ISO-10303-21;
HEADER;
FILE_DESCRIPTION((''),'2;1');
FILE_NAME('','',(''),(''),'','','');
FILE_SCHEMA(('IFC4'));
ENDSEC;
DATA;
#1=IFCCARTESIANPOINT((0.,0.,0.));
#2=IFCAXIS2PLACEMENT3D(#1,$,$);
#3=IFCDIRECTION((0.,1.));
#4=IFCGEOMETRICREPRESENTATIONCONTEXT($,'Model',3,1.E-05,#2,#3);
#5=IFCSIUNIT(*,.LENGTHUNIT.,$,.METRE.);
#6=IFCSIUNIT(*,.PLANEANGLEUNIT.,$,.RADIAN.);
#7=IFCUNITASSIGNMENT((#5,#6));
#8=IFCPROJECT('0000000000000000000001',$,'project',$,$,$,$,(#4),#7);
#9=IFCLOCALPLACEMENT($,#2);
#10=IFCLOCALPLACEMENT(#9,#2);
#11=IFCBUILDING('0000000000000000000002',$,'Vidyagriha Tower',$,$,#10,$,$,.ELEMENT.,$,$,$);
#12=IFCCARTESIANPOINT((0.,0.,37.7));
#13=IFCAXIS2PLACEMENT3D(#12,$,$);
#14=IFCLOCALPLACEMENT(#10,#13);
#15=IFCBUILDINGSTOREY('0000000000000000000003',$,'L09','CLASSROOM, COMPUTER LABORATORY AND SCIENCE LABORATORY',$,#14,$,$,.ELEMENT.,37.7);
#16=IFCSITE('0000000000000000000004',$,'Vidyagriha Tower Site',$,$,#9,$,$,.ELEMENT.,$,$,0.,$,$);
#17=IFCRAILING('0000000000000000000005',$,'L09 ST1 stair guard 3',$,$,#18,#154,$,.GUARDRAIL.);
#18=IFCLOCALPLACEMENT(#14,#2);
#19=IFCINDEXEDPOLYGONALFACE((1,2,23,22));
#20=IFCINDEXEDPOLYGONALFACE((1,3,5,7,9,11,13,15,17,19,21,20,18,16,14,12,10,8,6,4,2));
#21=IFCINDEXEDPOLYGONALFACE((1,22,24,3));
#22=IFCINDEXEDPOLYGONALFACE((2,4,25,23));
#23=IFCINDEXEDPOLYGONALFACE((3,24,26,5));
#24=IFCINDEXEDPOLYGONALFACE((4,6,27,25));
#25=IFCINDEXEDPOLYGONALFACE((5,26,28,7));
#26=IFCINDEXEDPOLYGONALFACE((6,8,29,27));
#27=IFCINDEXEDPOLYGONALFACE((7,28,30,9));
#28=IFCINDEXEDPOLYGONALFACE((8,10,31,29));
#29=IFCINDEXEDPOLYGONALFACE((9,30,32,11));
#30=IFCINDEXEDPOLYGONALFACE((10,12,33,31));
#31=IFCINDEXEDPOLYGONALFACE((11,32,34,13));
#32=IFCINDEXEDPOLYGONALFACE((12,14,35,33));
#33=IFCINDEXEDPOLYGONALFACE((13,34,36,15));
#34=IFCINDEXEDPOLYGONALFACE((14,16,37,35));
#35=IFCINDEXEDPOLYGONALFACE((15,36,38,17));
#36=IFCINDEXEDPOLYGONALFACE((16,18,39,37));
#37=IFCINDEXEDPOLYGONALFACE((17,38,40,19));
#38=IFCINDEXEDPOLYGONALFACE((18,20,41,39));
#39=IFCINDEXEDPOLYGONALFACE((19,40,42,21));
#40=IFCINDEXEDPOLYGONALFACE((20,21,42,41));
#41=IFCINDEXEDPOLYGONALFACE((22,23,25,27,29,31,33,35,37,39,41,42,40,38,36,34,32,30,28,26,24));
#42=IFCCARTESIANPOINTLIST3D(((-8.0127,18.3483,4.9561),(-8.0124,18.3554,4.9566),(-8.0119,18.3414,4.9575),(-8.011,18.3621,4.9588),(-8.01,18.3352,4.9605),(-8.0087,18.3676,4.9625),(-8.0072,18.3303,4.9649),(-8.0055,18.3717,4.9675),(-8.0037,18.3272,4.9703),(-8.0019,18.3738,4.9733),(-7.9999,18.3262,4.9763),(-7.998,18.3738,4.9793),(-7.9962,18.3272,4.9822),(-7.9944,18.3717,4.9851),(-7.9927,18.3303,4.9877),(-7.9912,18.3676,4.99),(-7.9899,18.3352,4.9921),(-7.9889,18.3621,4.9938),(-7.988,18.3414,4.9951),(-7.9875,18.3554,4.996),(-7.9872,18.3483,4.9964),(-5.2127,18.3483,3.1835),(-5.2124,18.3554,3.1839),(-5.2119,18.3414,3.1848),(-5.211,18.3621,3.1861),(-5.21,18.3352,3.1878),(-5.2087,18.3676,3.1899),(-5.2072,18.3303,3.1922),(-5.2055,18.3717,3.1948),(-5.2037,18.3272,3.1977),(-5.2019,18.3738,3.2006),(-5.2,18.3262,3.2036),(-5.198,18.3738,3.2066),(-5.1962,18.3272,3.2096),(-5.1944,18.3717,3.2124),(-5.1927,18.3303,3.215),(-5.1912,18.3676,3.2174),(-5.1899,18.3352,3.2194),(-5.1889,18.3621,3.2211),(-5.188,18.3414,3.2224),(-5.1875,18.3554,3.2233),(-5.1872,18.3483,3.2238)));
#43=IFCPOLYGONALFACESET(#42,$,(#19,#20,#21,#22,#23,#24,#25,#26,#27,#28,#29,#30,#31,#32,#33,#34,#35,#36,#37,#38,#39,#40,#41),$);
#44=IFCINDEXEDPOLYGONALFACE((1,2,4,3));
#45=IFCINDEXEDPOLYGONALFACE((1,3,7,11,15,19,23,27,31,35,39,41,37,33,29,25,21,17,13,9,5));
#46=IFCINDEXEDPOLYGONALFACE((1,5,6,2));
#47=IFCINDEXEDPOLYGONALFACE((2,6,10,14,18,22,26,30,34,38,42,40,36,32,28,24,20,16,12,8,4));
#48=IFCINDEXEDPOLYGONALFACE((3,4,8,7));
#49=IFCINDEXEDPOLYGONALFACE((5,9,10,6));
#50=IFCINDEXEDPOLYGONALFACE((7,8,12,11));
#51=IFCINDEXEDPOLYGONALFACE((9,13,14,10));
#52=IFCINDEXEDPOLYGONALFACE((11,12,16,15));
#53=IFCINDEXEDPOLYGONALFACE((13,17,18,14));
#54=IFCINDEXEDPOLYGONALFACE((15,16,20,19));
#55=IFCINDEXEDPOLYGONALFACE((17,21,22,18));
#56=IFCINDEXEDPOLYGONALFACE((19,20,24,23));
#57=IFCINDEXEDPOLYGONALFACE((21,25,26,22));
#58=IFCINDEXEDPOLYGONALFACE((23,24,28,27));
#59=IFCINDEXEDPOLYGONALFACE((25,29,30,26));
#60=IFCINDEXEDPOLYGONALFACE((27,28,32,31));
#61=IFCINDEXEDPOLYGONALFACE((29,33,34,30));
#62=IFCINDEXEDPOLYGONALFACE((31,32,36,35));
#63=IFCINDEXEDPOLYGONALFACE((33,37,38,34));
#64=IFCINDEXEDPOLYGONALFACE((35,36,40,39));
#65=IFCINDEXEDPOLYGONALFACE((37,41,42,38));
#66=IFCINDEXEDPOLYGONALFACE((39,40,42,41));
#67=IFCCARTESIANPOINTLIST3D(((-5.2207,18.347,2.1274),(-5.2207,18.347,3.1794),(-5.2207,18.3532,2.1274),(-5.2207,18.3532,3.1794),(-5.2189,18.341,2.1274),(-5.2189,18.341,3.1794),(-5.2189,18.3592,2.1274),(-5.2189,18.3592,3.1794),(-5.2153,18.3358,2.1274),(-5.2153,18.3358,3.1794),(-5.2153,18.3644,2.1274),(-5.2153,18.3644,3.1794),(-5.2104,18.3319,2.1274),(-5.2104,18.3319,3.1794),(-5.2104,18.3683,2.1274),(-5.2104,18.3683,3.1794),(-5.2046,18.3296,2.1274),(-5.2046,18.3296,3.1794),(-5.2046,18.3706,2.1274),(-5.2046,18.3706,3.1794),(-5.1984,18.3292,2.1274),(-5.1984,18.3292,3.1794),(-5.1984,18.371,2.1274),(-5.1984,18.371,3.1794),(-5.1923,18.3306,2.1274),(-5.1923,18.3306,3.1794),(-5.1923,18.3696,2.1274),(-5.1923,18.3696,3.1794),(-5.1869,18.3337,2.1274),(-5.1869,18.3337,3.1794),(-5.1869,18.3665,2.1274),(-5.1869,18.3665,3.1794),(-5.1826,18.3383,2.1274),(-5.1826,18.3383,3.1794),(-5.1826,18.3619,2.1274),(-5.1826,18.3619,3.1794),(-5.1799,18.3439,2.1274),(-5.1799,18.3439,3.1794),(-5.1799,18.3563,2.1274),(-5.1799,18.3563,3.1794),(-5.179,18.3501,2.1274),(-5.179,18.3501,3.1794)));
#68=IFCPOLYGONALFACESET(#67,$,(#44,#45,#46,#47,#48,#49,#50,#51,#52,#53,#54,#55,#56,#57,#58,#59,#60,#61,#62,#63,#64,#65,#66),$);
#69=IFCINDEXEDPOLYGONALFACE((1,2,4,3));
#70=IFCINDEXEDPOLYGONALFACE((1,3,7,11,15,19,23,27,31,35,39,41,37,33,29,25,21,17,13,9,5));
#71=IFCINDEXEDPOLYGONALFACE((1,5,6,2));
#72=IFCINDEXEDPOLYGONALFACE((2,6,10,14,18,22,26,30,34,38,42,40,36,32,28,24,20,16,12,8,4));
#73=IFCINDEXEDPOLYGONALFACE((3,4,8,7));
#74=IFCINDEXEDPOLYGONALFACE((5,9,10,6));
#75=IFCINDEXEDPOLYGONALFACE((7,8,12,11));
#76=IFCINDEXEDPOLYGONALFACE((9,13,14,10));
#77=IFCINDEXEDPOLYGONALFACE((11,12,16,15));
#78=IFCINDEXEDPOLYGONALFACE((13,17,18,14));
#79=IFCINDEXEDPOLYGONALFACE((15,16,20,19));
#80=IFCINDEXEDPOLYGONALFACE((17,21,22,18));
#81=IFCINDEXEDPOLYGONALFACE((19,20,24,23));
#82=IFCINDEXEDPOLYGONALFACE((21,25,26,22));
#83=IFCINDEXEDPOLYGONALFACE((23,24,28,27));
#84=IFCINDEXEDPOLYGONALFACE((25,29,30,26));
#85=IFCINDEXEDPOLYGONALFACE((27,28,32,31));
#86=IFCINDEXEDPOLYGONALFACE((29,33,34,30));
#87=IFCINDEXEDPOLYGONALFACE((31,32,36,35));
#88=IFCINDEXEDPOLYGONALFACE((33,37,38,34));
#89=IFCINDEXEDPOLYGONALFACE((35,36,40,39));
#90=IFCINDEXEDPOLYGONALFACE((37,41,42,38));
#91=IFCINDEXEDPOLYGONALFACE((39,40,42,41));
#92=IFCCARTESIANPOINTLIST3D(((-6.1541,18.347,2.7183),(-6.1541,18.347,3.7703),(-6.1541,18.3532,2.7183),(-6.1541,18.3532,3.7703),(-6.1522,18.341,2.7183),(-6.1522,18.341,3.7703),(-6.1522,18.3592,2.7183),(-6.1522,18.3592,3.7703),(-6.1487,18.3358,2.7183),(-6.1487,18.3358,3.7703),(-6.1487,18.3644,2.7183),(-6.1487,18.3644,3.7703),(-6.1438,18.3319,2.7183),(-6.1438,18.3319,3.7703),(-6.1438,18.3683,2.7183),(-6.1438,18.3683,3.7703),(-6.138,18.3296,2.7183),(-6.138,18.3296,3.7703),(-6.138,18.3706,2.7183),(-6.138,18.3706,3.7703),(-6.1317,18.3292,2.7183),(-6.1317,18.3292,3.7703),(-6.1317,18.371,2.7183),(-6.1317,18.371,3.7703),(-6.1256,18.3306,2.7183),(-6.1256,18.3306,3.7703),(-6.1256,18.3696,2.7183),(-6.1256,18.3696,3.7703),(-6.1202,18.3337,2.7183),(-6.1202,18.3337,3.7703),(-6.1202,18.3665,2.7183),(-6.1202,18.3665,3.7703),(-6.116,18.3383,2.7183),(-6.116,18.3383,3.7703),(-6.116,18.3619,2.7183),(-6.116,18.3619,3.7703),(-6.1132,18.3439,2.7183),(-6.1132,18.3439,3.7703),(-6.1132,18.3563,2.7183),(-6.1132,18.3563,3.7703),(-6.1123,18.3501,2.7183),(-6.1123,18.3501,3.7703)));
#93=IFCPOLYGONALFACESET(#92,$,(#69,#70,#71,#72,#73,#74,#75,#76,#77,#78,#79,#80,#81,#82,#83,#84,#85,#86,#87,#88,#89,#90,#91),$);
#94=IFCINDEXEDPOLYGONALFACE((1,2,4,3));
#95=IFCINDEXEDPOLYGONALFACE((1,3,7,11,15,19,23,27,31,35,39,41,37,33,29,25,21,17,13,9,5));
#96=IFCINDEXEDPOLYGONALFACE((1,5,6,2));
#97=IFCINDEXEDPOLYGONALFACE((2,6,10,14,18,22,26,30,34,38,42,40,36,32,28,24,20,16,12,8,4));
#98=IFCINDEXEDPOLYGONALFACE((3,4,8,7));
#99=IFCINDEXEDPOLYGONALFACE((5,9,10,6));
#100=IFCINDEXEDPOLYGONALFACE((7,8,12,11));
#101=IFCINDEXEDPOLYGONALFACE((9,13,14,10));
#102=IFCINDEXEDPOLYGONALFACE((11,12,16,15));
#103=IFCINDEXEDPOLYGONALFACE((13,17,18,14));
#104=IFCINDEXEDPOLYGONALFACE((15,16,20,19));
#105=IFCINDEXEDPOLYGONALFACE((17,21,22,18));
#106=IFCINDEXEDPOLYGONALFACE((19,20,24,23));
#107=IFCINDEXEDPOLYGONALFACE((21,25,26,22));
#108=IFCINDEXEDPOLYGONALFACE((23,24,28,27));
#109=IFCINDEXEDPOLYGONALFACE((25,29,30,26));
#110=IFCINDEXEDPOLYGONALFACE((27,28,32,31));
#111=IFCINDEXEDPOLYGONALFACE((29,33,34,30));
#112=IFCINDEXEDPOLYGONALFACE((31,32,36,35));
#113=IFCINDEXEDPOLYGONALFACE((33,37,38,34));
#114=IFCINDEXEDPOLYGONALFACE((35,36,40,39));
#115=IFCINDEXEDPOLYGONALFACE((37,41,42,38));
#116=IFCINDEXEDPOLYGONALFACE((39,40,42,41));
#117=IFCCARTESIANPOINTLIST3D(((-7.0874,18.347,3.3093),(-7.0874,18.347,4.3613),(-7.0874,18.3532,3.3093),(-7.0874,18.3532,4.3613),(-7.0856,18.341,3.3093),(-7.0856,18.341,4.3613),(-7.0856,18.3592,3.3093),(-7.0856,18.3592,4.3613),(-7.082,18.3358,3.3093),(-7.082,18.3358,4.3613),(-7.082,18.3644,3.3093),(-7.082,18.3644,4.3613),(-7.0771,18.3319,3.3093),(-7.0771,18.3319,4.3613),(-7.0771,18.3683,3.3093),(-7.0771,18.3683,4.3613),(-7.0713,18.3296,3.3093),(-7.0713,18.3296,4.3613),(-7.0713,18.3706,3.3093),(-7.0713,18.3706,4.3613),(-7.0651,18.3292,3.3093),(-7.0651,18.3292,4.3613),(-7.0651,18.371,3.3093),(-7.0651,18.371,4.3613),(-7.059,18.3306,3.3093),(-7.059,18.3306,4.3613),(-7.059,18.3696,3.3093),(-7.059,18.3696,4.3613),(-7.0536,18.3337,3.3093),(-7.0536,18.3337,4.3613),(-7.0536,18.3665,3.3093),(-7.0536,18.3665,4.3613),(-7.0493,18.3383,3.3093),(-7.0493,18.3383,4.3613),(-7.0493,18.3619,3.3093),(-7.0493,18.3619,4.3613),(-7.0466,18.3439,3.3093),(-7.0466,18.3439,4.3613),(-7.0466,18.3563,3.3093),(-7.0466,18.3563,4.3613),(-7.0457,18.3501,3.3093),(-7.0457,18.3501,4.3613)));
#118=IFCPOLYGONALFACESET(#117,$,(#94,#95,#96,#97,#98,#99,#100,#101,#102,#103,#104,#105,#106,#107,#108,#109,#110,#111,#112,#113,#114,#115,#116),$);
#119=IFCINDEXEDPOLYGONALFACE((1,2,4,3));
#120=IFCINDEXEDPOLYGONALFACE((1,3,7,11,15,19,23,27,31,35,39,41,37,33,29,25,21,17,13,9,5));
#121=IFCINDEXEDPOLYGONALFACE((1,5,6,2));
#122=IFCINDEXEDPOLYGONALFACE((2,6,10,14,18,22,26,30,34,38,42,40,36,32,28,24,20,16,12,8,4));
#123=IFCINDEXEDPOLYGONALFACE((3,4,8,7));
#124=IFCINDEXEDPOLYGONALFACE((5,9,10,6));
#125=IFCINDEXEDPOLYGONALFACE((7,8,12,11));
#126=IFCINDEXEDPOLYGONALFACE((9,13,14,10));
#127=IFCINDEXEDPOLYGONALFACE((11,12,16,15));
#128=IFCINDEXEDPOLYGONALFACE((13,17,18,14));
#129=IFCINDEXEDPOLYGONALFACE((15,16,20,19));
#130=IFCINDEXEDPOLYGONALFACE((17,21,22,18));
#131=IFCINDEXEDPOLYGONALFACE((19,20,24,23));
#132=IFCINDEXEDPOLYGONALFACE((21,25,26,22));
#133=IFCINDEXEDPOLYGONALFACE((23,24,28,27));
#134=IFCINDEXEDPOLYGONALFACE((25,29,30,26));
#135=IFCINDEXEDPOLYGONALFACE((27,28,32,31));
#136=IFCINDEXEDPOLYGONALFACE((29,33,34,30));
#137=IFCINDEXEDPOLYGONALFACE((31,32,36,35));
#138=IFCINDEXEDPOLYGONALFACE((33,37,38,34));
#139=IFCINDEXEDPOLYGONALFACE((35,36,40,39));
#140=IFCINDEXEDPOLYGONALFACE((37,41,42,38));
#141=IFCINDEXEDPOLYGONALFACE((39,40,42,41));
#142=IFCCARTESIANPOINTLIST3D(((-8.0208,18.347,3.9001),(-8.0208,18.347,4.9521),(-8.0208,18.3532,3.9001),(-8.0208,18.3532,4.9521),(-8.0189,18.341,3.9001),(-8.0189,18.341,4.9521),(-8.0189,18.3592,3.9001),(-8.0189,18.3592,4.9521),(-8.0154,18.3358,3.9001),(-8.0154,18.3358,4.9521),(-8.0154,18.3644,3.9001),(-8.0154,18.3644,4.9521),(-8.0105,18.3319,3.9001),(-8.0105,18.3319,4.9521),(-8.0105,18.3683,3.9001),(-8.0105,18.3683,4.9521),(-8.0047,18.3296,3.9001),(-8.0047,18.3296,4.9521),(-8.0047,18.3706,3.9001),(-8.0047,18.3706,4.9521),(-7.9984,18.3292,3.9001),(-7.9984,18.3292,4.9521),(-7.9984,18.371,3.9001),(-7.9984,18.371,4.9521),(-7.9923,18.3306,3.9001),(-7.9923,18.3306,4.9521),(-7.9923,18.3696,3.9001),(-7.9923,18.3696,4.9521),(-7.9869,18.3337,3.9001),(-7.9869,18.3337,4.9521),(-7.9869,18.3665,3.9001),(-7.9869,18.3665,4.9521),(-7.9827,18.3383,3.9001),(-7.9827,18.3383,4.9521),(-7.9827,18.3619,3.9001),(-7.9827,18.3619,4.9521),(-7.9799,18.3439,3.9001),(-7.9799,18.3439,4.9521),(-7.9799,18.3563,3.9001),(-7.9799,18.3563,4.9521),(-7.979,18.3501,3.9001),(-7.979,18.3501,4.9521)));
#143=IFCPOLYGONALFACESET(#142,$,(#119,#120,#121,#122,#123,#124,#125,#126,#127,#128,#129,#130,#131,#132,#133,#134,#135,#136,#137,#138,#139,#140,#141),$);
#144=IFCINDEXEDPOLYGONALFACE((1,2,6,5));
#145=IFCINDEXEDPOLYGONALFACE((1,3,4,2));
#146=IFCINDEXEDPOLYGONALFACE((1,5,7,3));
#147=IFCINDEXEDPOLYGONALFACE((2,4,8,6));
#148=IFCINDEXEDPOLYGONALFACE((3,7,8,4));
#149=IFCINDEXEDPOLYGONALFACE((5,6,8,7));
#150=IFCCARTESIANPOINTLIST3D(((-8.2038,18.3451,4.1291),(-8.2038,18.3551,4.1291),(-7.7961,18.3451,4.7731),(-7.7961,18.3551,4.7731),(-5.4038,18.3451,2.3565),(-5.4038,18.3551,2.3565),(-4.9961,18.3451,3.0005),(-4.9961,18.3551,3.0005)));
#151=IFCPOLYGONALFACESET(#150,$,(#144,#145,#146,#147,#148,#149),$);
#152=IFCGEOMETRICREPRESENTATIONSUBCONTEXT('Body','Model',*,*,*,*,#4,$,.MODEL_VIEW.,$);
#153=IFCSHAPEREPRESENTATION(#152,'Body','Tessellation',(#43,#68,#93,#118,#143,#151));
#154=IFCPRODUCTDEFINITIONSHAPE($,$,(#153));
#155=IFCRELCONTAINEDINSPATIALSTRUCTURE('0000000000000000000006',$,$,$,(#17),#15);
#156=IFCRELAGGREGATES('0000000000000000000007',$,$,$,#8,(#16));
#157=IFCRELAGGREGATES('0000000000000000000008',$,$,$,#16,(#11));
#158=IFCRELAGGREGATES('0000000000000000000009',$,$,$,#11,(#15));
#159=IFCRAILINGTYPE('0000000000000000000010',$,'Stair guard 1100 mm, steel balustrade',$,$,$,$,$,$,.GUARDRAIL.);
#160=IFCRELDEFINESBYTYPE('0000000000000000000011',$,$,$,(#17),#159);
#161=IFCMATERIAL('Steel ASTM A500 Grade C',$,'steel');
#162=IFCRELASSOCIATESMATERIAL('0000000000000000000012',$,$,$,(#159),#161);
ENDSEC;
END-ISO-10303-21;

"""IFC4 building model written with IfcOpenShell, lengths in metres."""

from ifc_helpers import new_model, si_unit, direction, frame, origin, origin_2d, place, context, subcontext, project, spatial, rectangle, circle, extrude, material, type_object, element, save


model = new_model("IFC4")

# Units and contexts
model_context = context("Model", 3, precision=1e-05, world=origin(), true_north=direction((0.0, 1.0)))
body_context = subcontext(model_context, "Body", "Model", "MODEL_VIEW")
ifc_project = project(units=[si_unit("LENGTHUNIT", "METRE"), si_unit("PLANEANGLEUNIT", "RADIAN")], contexts=[model_context])

# Site, building, storey
site_placement = place(None, origin())
site = spatial("IfcSite", under=ifc_project, at=site_placement, Name="Vidyagriha Tower Site", CompositionType="ELEMENT", RefElevation=0.0)
building_placement = place(site_placement, origin())
building = spatial("IfcBuilding", under=site, at=building_placement, Name="Vidyagriha Tower", CompositionType="ELEMENT")
storey_placement = place(building_placement, frame((0.0, 0.0, 37.7)))
storey = spatial("IfcBuildingStorey", under=building, at=storey_placement, Name="L09", Description="CLASSROOM, COMPUTER LABORATORY AND SCIENCE LABORATORY", CompositionType="ELEMENT", Elevation=37.7)

# Railing
ifc_material_1 = material(Name="Steel ASTM A500 Grade C", Category="steel")
railing_type_1 = type_object("IfcRailingType", Name="Stair guard 1100 mm, steel balustrade", PredefinedType="GUARDRAIL", material=ifc_material_1)
railing_1_placement = place(storey_placement, frame((-5.2, 18.3501, 2.1274)))
element("IfcRailing", 1, at=railing_1_placement, inside=storey, type_object=railing_type_1, Name="L09 ST1 stair guard 3", PredefinedType="GUARDRAIL", context=body_context, shape_type="SweptSolid", body=[
    extrude(circle(Radius=0.0239, at=origin_2d()), frame((0.0, 0.0, 1.0762), z_axis=(-0.844909, 0.0, 0.53491), x_axis=(0.0, -1.0, 0.0)), (0.0, 0.0, 1.0), 3.314),
    extrude(circle(Radius=0.021, at=origin_2d()), origin(), (0.0, 0.0, 1.0), 1.052),
    extrude(circle(Radius=0.021, at=origin_2d()), frame((-0.9333, 0.0, 0.5908)), (0.0, 0.0, 1.0), 1.052),
    extrude(circle(Radius=0.021, at=origin_2d()), frame((-1.8667, 0.0, 1.1819)), (0.0, 0.0, 1.0), 1.052),
    extrude(circle(Radius=0.021, at=origin_2d()), frame((-2.8, 0.0, 1.7727)), (0.0, 0.0, 1.0), 1.052),
    extrude(rectangle(XDim=0.01, YDim=0.7622, at=origin_2d()), frame((0.0, 0.0, 0.551), z_axis=(-0.844909, 0.0, 0.53491), x_axis=(0.0, -1.0, 0.0)), (0.0, 0.0, 1.0), 3.314),
])

save(model, "model.ifc")
